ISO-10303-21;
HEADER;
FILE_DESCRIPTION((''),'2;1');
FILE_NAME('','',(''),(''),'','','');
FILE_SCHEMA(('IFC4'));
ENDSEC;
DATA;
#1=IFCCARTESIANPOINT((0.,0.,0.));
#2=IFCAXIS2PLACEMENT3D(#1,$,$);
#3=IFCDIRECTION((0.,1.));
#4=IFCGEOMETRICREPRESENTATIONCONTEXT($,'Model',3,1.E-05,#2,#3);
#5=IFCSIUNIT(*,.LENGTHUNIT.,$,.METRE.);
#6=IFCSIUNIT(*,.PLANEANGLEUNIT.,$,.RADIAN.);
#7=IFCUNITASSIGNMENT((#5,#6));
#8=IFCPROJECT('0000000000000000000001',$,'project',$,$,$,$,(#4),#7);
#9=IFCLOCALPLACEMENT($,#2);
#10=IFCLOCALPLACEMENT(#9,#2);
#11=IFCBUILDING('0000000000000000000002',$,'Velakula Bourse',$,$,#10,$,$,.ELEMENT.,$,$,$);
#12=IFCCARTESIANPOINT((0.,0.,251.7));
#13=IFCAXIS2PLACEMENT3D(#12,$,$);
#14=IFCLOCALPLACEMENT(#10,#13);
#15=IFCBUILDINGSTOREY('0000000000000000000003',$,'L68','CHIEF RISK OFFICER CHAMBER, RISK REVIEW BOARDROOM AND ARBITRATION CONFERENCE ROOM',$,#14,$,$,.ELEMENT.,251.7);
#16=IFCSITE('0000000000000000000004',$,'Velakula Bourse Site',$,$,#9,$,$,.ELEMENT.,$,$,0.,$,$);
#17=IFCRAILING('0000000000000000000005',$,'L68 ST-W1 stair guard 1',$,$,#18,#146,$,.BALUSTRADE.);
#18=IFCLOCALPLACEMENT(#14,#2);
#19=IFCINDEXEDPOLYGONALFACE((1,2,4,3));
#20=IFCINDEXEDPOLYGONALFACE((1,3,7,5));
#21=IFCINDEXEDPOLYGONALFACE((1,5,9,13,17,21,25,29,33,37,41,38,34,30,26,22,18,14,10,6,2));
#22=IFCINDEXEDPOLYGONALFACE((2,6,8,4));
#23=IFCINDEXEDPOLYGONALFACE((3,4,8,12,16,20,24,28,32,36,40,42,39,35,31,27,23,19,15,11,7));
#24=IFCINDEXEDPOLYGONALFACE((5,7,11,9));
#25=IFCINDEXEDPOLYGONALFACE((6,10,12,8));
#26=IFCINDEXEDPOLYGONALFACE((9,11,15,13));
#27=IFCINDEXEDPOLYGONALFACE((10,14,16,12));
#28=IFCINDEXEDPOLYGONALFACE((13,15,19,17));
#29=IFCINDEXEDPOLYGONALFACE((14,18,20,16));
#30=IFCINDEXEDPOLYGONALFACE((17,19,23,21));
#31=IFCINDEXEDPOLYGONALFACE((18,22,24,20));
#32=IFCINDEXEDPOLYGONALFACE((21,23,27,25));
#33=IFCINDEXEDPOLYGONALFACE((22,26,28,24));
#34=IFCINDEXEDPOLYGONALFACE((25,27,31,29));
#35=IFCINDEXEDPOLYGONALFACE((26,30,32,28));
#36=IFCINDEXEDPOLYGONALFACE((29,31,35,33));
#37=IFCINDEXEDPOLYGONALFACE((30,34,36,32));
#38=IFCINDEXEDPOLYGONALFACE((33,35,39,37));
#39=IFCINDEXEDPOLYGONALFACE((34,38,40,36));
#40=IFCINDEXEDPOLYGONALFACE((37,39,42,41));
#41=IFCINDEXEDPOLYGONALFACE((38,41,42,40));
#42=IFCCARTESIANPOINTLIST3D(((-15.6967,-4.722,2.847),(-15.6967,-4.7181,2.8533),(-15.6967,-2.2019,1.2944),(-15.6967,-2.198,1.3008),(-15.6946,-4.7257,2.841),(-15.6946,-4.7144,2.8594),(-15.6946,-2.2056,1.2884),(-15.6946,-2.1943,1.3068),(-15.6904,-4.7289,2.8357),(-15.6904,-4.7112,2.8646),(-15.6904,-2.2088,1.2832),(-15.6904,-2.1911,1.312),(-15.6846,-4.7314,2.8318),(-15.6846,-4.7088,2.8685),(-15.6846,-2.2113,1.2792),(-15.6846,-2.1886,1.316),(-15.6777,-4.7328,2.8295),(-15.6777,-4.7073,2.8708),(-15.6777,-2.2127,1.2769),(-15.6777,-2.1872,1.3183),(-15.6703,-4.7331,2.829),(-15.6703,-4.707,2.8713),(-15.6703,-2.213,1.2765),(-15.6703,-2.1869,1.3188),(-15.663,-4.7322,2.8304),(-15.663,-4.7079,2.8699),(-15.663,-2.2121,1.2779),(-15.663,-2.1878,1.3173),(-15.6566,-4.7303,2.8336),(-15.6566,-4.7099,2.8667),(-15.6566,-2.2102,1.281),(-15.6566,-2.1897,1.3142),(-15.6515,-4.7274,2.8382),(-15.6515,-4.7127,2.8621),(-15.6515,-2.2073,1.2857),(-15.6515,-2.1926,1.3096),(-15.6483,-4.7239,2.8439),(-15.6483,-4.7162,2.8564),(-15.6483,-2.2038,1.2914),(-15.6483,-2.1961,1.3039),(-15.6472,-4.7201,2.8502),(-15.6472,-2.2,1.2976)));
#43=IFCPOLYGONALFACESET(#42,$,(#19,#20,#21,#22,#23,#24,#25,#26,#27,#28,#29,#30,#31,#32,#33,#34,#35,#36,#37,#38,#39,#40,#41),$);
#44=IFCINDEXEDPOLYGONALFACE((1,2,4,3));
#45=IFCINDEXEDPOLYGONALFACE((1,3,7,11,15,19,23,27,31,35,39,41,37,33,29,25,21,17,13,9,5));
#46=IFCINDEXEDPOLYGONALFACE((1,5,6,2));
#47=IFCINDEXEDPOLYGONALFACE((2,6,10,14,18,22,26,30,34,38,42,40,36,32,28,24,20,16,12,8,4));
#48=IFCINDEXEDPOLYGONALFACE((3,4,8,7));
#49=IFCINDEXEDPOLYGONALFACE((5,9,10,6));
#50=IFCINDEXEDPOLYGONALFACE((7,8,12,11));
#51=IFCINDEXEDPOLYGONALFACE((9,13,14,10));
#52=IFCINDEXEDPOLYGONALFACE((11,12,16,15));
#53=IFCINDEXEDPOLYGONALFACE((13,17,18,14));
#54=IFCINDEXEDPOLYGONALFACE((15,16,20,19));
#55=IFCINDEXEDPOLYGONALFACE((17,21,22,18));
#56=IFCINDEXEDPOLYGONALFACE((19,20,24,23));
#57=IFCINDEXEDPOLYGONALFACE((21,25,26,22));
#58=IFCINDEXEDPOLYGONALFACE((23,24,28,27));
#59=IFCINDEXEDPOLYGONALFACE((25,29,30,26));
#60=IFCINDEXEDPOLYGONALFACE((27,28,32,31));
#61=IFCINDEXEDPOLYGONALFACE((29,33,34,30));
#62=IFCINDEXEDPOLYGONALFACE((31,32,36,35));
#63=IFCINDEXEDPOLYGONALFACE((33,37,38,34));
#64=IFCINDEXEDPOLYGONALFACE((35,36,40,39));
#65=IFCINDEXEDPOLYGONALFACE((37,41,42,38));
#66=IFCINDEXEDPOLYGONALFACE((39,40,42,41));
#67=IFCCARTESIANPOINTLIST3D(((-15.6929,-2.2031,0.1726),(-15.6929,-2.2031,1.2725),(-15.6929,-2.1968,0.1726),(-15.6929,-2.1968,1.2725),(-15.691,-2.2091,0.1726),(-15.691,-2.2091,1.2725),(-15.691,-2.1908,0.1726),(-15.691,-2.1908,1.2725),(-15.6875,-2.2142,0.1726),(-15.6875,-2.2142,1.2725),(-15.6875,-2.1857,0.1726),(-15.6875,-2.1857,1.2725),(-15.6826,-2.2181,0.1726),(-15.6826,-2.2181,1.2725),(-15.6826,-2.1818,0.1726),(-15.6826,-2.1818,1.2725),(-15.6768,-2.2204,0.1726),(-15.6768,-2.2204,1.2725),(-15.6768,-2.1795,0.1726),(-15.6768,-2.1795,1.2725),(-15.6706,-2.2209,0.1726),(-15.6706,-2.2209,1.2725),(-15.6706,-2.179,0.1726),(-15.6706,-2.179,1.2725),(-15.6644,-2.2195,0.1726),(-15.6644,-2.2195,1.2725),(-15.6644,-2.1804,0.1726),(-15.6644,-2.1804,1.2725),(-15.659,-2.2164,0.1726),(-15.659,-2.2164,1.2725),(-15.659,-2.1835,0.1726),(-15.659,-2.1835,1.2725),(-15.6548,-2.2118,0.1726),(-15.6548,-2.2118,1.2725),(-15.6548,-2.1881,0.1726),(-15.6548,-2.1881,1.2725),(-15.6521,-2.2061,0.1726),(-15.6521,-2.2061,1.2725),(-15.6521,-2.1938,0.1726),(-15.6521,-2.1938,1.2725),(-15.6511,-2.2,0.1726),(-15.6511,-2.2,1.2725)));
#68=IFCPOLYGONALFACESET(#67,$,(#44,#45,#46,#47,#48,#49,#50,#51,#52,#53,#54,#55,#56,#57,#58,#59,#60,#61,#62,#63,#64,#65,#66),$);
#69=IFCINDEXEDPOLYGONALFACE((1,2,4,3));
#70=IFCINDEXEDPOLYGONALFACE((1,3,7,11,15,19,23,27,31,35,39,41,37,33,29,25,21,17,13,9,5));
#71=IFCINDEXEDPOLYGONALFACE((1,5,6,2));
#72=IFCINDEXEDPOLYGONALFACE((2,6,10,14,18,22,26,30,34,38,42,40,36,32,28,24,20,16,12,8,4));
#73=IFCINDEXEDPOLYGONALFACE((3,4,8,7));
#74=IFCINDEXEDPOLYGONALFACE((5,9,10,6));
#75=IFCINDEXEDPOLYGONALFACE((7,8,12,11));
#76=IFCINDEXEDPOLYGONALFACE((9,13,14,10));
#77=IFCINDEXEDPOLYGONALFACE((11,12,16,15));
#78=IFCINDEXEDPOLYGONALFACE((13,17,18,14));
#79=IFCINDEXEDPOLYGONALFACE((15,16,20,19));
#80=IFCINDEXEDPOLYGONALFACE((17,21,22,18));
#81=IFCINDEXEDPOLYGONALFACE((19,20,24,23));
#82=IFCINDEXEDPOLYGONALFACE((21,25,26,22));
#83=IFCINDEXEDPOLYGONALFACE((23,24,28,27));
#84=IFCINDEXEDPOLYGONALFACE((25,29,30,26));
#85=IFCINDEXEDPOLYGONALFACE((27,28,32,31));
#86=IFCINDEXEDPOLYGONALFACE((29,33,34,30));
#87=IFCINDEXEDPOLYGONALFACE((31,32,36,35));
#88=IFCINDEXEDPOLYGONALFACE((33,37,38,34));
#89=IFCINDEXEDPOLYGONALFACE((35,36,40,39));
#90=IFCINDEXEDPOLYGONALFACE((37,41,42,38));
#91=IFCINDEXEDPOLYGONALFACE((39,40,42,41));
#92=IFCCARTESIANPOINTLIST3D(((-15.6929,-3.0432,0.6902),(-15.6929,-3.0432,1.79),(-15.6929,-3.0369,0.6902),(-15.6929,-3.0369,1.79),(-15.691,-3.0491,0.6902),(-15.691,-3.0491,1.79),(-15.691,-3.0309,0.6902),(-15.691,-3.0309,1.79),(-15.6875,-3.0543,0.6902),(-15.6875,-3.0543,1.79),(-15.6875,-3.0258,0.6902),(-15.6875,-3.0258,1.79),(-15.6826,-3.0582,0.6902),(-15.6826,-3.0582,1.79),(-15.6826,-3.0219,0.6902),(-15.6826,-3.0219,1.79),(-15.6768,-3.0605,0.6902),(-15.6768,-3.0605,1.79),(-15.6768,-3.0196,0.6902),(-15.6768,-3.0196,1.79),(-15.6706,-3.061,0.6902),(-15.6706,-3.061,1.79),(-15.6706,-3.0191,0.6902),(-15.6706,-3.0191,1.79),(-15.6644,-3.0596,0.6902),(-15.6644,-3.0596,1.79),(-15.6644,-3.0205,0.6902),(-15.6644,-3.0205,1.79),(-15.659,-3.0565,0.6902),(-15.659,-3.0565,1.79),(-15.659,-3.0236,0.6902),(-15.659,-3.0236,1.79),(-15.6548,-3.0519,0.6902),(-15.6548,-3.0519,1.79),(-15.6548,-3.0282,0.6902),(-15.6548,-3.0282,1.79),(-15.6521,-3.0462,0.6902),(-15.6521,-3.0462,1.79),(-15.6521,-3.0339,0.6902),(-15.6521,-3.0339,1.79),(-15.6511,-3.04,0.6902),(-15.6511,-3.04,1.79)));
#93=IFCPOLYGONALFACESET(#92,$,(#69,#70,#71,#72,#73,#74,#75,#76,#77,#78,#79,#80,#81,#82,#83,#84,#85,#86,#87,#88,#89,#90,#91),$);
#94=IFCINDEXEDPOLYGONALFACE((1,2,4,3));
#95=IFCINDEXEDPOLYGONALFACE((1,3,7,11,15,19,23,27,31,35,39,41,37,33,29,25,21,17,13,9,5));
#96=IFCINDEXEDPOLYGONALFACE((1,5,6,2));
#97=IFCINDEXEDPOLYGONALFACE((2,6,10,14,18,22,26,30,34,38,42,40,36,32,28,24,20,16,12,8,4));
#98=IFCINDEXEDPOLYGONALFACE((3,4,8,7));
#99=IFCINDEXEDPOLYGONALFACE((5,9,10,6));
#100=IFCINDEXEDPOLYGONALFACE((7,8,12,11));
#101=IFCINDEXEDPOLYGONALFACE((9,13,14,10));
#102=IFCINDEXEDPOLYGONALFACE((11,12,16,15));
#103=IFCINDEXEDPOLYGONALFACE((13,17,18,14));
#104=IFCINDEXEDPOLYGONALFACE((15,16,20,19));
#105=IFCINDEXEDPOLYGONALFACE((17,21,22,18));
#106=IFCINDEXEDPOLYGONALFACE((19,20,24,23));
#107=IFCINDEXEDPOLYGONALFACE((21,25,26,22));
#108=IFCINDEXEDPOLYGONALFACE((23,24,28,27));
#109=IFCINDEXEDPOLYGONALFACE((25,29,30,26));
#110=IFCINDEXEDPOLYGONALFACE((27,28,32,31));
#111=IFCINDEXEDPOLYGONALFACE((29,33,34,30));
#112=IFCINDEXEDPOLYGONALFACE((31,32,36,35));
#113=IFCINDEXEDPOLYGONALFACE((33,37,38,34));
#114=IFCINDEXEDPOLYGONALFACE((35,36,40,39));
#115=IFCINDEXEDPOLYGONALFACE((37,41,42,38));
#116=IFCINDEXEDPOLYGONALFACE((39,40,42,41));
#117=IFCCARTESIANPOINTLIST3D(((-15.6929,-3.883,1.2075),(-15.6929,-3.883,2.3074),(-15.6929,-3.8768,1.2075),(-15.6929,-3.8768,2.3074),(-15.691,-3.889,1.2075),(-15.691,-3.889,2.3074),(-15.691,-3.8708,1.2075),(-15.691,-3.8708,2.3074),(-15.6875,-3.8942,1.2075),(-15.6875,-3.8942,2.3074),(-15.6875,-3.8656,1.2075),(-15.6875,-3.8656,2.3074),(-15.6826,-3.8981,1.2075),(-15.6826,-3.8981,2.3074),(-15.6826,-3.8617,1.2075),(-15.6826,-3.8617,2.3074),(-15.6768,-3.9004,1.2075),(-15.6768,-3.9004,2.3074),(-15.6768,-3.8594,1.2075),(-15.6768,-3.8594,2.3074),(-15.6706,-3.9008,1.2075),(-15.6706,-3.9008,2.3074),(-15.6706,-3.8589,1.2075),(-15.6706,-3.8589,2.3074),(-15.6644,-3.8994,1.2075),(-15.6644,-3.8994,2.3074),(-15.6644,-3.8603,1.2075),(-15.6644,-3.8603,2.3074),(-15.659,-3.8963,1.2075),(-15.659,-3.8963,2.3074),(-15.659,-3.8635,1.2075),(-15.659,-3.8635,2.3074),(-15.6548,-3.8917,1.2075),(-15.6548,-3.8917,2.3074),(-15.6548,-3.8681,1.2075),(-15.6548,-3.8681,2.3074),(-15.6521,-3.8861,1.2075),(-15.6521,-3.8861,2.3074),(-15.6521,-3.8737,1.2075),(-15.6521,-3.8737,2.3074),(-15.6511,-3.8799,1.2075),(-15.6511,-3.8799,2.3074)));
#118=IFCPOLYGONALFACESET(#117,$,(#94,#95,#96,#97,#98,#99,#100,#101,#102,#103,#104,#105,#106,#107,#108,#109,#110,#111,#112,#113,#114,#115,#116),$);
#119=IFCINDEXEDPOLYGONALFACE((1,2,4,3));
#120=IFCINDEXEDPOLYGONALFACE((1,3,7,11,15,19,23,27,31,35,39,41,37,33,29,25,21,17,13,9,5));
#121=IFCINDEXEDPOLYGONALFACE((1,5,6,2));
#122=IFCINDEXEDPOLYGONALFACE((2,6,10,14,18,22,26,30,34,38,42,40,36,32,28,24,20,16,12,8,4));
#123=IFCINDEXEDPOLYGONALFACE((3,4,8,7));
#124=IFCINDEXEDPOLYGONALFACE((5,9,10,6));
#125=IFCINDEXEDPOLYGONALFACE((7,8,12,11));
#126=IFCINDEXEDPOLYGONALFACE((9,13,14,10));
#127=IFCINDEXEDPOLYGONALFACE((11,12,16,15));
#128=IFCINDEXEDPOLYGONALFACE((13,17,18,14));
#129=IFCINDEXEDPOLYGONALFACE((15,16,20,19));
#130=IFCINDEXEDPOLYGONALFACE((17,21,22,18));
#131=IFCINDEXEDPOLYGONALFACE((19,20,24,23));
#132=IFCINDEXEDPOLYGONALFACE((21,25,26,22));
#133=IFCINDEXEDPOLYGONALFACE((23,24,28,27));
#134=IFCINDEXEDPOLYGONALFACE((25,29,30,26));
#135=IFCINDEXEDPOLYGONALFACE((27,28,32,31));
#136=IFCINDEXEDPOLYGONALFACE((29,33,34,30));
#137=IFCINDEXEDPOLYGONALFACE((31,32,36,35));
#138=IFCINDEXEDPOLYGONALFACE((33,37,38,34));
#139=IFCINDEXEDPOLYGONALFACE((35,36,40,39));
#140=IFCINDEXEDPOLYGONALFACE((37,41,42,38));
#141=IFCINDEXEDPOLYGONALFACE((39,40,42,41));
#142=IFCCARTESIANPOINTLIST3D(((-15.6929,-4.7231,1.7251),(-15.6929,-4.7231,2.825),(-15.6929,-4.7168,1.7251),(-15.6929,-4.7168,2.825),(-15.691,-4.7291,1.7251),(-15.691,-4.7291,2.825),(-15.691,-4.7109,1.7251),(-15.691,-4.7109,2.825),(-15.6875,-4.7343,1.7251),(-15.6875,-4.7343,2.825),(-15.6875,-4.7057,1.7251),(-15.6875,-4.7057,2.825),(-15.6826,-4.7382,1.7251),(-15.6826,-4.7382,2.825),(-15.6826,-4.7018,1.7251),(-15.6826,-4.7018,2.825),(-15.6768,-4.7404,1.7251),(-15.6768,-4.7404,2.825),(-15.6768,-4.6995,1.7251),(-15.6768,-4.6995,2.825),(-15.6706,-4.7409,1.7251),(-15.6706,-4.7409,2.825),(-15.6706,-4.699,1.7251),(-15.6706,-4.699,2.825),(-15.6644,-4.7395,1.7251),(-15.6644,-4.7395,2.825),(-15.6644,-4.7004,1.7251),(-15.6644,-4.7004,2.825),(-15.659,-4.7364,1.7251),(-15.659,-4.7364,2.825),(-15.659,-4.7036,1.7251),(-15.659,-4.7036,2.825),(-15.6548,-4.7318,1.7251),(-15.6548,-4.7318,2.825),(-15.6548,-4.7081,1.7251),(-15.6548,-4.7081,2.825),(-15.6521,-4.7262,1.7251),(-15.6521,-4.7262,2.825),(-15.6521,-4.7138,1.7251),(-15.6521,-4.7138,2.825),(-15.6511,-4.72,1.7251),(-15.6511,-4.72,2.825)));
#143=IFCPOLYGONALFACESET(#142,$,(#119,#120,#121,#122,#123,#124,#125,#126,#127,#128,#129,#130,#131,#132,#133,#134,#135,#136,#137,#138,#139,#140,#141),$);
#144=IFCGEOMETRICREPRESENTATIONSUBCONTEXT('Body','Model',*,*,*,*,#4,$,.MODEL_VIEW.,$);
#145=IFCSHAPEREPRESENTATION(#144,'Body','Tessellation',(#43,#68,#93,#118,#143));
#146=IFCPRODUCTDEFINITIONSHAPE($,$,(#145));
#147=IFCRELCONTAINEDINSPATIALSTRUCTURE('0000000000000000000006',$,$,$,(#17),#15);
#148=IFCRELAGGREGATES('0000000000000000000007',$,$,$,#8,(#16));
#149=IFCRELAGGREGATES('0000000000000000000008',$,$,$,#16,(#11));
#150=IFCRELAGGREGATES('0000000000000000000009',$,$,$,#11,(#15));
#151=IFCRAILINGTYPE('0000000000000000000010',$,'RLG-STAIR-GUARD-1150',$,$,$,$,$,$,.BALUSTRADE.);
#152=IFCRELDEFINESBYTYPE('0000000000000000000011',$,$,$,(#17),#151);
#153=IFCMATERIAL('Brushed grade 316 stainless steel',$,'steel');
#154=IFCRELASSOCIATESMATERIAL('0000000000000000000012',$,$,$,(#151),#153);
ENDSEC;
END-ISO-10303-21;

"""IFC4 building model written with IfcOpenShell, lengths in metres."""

from ifc_helpers import new_model, si_unit, direction, frame, origin, origin_2d, place, context, subcontext, project, spatial, circle, extrude, material, type_object, element, save


model = new_model("IFC4")

# Units and contexts
model_context = context("Model", 3, precision=1e-05, world=origin(), true_north=direction((0.0, 1.0)))
body_context = subcontext(model_context, "Body", "Model", "MODEL_VIEW")
ifc_project = project(units=[si_unit("LENGTHUNIT", "METRE"), si_unit("PLANEANGLEUNIT", "RADIAN")], contexts=[model_context])

# Site, building, storey
site_placement = place(None, origin())
site = spatial("IfcSite", under=ifc_project, at=site_placement, Name="Velakula Bourse Site", CompositionType="ELEMENT", RefElevation=0.0)
building_placement = place(site_placement, origin())
building = spatial("IfcBuilding", under=site, at=building_placement, Name="Velakula Bourse", CompositionType="ELEMENT")
storey_placement = place(building_placement, frame((0.0, 0.0, 251.7)))
storey = spatial("IfcBuildingStorey", under=building, at=storey_placement, Name="L68", Description="CHIEF RISK OFFICER CHAMBER, RISK REVIEW BOARDROOM AND ARBITRATION CONFERENCE ROOM", CompositionType="ELEMENT", Elevation=251.7)

# Shared definitions
ifc_material_1 = material(Name="Brushed grade 316 stainless steel", Category="steel")

# Railing
railing_type = type_object("IfcRailingType", Name="RLG-STAIR-GUARD-1150", PredefinedType="BALUSTRADE", material=ifc_material_1)
railing_1_placement = place(storey_placement, frame((-15.6721, -2.2, 0.1726)))
element("IfcRailing", 1, at=railing_1_placement, inside=storey, type_object=railing_type, Name="L68 ST-W1 stair guard 1", PredefinedType="BALUSTRADE", context=body_context, shape_type="SweptSolid", body=[
    extrude(circle(Radius=0.0249, at=origin_2d()), frame((0.0, 0.0, 1.125), z_axis=(0.0, -0.8514, 0.524516), x_axis=(1.0, 0.0, 0.0)), (0.0, 0.0, 1.0), 2.96),
    extrude(circle(Radius=0.021, at=origin_2d()), origin(), (0.0, 0.0, 1.0), 1.0999),
    extrude(circle(Radius=0.021, at=origin_2d()), frame((0.0, -0.8401, 0.5176)), (0.0, 0.0, 1.0), 1.0999),
    extrude(circle(Radius=0.021, at=origin_2d()), frame((0.0, -1.6799, 1.0349)), (0.0, 0.0, 1.0), 1.0999),
    extrude(circle(Radius=0.021, at=origin_2d()), frame((0.0, -2.52, 1.5525)), (0.0, 0.0, 1.0), 1.0999),
])

save(model, "model.ifc")
